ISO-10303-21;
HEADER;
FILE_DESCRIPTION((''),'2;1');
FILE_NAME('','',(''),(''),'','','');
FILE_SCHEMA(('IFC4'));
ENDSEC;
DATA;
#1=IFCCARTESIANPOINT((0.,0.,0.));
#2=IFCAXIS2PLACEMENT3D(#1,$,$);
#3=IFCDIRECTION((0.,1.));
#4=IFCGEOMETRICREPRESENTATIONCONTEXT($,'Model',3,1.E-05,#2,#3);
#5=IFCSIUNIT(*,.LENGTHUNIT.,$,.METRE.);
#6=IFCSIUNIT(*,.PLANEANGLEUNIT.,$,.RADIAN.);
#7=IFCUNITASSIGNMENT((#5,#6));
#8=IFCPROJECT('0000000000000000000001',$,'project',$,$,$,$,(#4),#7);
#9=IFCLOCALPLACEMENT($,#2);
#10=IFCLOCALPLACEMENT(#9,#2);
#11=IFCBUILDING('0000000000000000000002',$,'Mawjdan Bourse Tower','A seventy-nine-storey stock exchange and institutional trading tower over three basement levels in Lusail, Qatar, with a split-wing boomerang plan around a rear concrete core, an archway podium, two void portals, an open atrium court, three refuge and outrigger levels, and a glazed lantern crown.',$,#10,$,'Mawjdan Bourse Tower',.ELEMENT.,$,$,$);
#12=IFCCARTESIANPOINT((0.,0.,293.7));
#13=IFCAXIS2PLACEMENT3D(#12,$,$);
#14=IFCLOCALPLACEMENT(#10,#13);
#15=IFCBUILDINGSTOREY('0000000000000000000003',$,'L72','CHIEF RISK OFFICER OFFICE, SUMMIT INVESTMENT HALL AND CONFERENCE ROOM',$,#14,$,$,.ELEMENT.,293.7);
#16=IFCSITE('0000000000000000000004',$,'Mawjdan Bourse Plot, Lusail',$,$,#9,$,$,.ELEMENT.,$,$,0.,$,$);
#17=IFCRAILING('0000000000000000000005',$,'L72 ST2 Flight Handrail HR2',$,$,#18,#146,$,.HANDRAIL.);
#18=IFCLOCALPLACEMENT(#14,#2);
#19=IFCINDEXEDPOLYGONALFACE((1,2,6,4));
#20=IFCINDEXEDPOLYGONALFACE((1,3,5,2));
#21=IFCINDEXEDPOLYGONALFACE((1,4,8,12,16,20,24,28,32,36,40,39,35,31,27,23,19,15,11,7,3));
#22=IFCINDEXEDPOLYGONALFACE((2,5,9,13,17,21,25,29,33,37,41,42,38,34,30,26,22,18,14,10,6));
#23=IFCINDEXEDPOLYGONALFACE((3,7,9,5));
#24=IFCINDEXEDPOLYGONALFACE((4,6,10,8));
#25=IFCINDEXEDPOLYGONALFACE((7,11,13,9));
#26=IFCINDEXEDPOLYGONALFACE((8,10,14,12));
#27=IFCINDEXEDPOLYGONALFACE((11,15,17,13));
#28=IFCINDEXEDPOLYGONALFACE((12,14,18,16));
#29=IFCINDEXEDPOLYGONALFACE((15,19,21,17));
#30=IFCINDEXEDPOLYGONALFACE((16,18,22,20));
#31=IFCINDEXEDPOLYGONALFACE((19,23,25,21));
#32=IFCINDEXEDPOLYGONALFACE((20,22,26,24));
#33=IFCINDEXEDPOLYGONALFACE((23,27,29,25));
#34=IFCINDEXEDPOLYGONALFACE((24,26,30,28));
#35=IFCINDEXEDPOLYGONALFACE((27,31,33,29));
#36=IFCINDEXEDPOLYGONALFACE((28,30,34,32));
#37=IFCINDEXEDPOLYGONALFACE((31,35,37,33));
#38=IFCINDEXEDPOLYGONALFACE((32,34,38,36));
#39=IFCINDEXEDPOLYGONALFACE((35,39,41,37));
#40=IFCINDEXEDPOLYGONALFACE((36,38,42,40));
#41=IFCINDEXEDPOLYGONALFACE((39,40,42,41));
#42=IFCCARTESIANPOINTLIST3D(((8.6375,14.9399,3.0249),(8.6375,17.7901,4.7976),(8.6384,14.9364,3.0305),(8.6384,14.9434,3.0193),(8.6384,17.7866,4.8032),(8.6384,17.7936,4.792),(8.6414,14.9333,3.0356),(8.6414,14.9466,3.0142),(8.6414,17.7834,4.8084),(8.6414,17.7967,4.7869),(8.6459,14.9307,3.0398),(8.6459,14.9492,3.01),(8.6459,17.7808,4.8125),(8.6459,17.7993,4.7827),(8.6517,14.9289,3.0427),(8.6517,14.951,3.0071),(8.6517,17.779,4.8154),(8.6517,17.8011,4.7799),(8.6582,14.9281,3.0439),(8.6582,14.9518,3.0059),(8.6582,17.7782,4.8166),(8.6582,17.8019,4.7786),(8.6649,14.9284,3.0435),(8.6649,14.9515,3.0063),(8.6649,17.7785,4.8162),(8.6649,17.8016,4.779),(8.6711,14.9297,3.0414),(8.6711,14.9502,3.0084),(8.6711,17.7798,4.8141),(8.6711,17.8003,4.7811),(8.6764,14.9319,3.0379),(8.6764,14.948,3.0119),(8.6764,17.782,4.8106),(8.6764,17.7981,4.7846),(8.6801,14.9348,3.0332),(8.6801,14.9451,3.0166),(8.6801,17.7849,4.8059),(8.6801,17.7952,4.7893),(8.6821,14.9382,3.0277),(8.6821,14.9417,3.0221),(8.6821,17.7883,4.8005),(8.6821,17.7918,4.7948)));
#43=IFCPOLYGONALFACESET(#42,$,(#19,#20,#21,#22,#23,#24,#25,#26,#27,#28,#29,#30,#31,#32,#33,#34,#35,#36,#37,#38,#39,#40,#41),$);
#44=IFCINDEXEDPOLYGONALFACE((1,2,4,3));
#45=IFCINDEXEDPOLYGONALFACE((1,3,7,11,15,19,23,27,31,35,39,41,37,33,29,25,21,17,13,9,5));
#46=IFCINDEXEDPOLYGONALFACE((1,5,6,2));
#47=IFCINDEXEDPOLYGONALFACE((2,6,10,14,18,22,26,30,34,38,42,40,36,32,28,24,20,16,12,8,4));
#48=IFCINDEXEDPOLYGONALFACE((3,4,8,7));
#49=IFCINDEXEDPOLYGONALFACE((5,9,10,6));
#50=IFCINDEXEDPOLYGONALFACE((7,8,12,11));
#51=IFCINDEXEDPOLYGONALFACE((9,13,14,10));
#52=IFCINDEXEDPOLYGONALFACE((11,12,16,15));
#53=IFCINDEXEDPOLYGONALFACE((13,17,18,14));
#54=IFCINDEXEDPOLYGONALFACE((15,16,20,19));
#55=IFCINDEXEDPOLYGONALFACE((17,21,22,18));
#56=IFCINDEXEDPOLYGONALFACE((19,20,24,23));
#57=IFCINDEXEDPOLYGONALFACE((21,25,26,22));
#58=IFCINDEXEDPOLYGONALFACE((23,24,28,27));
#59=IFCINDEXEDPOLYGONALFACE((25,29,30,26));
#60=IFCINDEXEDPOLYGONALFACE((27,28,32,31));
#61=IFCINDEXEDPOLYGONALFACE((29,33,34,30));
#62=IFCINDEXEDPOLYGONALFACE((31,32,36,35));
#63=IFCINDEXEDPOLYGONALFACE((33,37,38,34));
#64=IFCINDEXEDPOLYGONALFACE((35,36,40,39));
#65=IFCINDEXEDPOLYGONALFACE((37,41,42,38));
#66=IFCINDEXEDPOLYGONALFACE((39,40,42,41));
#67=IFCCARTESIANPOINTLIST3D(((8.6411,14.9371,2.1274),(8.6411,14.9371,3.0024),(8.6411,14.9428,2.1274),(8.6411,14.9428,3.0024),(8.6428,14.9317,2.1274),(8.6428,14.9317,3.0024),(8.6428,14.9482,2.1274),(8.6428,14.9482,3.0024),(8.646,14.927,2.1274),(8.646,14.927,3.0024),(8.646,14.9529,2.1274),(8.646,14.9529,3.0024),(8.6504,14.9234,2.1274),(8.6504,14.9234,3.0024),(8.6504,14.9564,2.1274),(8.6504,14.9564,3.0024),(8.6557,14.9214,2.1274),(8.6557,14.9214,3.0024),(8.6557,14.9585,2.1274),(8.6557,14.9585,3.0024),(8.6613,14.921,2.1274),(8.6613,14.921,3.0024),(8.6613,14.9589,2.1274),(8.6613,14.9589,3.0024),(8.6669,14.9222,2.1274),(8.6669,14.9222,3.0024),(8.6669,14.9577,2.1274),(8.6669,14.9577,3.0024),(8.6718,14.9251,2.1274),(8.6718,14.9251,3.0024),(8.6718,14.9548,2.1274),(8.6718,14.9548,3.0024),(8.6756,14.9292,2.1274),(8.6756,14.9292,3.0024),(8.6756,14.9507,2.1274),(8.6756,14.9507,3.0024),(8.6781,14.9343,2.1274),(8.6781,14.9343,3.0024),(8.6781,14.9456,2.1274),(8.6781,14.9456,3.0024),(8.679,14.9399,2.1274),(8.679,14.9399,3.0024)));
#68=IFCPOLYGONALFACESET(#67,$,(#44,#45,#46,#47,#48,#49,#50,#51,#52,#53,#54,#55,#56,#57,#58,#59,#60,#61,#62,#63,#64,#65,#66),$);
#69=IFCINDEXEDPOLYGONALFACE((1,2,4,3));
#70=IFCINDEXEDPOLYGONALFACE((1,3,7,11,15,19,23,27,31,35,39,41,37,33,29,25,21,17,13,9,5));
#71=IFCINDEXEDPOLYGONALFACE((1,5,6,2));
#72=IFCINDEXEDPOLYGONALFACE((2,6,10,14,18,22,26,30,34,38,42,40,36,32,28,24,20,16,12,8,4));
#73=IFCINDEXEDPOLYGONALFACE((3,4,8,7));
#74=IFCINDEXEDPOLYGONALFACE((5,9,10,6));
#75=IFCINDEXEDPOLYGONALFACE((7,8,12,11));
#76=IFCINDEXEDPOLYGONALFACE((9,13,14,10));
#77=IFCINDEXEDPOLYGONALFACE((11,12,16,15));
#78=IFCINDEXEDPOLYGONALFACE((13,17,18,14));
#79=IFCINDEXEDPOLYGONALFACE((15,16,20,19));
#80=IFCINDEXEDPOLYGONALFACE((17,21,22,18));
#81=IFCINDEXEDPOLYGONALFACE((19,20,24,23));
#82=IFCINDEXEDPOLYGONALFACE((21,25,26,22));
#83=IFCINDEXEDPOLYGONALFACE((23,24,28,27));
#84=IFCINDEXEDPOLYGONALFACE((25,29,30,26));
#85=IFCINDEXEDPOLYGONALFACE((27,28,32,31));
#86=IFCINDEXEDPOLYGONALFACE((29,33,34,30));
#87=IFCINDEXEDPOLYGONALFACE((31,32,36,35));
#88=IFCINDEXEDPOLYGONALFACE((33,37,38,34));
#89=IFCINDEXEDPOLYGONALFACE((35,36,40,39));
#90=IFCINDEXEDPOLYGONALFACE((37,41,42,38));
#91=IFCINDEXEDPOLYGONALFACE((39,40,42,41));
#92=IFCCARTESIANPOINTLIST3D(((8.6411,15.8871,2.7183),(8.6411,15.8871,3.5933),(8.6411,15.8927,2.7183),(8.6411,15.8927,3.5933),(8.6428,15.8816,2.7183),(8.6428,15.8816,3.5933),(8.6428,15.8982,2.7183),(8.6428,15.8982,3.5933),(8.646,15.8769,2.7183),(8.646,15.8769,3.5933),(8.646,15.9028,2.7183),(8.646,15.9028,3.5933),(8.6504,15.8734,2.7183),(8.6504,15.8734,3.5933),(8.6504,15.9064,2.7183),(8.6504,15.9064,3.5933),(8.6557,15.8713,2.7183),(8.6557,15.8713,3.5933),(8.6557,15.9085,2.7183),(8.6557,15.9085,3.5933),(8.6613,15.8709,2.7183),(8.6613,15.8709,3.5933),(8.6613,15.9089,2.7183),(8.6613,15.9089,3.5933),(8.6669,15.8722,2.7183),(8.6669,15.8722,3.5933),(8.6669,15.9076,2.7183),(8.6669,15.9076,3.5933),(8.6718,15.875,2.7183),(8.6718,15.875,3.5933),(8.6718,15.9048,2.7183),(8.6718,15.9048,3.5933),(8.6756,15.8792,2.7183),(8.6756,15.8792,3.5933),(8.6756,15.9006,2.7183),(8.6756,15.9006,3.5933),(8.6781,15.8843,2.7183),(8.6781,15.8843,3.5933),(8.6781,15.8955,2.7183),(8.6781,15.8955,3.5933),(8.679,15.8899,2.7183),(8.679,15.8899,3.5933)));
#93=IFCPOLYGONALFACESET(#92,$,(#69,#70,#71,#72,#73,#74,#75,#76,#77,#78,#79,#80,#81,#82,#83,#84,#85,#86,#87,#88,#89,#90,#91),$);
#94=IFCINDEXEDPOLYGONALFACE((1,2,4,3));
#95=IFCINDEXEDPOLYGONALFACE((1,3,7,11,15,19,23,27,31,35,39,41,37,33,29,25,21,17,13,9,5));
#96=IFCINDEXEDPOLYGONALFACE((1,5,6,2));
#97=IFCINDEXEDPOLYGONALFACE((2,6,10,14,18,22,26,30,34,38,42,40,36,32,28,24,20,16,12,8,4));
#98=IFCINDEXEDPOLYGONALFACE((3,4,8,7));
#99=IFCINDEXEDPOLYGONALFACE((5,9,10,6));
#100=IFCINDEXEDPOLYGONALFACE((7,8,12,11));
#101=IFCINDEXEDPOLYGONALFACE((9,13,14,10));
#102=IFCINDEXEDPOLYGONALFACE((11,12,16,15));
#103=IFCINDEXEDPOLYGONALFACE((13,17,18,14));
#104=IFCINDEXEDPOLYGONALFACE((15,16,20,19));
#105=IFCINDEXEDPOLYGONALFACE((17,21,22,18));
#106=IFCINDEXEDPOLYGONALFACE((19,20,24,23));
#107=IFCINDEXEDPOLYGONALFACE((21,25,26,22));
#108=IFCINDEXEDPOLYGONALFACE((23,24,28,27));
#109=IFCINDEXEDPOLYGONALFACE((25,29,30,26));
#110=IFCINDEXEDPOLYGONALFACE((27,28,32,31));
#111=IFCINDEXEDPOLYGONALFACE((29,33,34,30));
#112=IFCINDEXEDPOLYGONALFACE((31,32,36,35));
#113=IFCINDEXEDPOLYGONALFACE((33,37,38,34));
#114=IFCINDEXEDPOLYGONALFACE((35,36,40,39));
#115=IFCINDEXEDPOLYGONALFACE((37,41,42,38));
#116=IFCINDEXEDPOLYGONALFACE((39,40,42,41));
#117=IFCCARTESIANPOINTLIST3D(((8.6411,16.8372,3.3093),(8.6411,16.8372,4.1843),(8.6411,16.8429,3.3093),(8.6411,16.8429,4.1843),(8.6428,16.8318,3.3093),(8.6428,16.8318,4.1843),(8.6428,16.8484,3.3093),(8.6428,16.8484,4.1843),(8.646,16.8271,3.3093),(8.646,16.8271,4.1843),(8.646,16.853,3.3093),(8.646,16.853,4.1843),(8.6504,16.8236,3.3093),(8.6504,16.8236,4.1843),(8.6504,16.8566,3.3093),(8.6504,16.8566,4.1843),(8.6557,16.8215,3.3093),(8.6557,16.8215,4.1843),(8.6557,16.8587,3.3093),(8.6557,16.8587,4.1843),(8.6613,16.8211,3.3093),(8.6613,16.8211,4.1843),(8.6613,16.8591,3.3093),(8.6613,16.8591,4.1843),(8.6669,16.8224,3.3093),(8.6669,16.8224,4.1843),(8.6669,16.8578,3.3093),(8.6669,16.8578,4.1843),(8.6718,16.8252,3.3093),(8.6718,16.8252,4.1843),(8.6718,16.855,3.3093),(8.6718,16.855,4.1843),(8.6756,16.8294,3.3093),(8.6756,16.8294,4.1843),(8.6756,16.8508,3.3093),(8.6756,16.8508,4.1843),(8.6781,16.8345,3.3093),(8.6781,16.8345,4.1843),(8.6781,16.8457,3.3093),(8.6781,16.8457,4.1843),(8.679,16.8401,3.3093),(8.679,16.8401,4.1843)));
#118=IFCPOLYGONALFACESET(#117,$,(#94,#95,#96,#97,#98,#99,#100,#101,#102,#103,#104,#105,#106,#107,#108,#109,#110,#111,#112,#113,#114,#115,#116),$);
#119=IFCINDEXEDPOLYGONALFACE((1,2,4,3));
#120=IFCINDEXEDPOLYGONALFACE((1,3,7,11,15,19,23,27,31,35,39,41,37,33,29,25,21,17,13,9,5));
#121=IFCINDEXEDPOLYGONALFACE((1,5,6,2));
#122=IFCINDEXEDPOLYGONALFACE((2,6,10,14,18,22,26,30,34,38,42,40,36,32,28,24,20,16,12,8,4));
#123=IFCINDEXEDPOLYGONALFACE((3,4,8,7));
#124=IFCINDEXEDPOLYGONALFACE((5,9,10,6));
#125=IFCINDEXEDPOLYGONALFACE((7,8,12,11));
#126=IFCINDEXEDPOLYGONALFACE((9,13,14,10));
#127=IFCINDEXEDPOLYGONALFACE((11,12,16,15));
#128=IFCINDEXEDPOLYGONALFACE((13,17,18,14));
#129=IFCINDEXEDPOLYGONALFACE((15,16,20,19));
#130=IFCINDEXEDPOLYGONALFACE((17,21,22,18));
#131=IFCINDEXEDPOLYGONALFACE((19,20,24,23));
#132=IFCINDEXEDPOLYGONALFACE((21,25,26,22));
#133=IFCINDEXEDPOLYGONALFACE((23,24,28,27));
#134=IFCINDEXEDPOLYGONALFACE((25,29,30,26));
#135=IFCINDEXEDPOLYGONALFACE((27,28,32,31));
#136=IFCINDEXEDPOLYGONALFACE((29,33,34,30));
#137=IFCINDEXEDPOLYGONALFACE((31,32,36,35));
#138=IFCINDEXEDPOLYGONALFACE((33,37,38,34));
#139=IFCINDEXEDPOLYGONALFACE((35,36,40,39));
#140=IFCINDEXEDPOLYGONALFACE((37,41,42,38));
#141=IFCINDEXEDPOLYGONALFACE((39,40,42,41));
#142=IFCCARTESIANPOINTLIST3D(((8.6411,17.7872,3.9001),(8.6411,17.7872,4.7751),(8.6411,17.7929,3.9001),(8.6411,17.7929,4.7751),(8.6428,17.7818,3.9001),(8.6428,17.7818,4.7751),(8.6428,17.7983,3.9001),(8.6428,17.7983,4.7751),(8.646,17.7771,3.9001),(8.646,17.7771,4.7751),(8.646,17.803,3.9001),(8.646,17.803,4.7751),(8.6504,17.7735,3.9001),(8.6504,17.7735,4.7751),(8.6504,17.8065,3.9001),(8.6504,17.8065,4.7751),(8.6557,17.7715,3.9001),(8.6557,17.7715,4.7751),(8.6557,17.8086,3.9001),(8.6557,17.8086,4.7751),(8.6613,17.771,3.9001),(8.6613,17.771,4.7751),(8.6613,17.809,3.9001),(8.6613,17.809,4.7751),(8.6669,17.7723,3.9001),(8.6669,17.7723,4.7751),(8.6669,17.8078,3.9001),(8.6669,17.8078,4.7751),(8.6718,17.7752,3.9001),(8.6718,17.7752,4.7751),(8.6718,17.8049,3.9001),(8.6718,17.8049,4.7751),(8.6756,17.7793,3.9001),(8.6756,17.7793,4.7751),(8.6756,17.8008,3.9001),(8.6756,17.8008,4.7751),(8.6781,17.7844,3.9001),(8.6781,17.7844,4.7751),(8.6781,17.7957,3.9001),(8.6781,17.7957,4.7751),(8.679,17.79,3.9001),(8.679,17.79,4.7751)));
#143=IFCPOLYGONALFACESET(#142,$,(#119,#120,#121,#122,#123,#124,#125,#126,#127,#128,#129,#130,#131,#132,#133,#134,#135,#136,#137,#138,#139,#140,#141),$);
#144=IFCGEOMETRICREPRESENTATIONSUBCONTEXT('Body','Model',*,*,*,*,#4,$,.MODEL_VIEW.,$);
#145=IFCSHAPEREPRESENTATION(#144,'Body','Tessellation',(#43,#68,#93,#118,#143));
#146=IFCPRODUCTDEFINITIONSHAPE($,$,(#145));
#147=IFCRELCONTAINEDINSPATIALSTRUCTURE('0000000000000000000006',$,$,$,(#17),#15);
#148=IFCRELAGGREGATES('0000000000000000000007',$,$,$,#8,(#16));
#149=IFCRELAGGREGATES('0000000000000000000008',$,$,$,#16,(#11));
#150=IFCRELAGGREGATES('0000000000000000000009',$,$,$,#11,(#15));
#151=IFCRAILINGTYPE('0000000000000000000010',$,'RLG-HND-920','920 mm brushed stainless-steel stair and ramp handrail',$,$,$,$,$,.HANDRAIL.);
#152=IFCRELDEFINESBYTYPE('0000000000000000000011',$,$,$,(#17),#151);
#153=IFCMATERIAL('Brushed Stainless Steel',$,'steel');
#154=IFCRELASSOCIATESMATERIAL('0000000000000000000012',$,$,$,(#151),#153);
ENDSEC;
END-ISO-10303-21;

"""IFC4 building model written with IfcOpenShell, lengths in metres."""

from ifc_helpers import new_model, si_unit, direction, frame, origin, origin_2d, place, context, subcontext, project, spatial, circle, extrude, material, type_object, element, save


model = new_model("IFC4")

# Units and contexts
model_context = context("Model", 3, precision=1e-05, world=origin(), true_north=direction((0.0, 1.0)))
body_context = subcontext(model_context, "Body", "Model", "MODEL_VIEW")
ifc_project = project(units=[si_unit("LENGTHUNIT", "METRE"), si_unit("PLANEANGLEUNIT", "RADIAN")], contexts=[model_context])

# Site, building, storey
site_placement = place(None, origin())
site = spatial("IfcSite", under=ifc_project, at=site_placement, Name="Mawjdan Bourse Plot, Lusail", CompositionType="ELEMENT", RefElevation=0.0)
building_placement = place(site_placement, origin())
building = spatial("IfcBuilding", under=site, at=building_placement, Name="Mawjdan Bourse Tower", Description="A seventy-nine-storey stock exchange and institutional trading tower over three basement levels in Lusail, Qatar, with a split-wing boomerang plan around a rear concrete core, an archway podium, two void portals, an open atrium court, three refuge and outrigger levels, and a glazed lantern crown.", LongName="Mawjdan Bourse Tower", CompositionType="ELEMENT")
storey_placement = place(building_placement, frame((0.0, 0.0, 293.7)))
storey = spatial("IfcBuildingStorey", under=building, at=storey_placement, Name="L72", Description="CHIEF RISK OFFICER OFFICE, SUMMIT INVESTMENT HALL AND CONFERENCE ROOM", CompositionType="ELEMENT", Elevation=293.7)

# Railing
ifc_material_1 = material(Name="Brushed Stainless Steel", Category="steel")
railing_type_1 = type_object("IfcRailingType", Name="RLG-HND-920", Description="920 mm brushed stainless-steel stair and ramp handrail", PredefinedType="HANDRAIL", material=ifc_material_1)
railing_1_placement = place(storey_placement, frame((8.6599, 14.9399, 2.1274)))
element("IfcRailing", 1, at=railing_1_placement, inside=storey, type_object=railing_type_1, Name="L72 ST2 Flight Handrail HR2", PredefinedType="HANDRAIL", context=body_context, shape_type="SweptSolid", body=[
    extrude(circle(Radius=0.0225, at=origin_2d()), frame((0.0, 0.0, 0.8975), z_axis=(0.0, 0.849149, 0.528154), x_axis=(-1.0, 0.0, 0.0)), (0.0, 0.0, 1.0), 3.3564),
    extrude(circle(Radius=0.019, at=origin_2d()), origin(), (0.0, 0.0, 1.0), 0.875),
    extrude(circle(Radius=0.019, at=origin_2d()), frame((0.0, 0.95, 0.5908)), (0.0, 0.0, 1.0), 0.875),
    extrude(circle(Radius=0.019, at=origin_2d()), frame((0.0, 1.9001, 1.1819)), (0.0, 0.0, 1.0), 0.875),
    extrude(circle(Radius=0.019, at=origin_2d()), frame((0.0, 2.8501, 1.7727)), (0.0, 0.0, 1.0), 0.875),
])

save(model, "model.ifc")
